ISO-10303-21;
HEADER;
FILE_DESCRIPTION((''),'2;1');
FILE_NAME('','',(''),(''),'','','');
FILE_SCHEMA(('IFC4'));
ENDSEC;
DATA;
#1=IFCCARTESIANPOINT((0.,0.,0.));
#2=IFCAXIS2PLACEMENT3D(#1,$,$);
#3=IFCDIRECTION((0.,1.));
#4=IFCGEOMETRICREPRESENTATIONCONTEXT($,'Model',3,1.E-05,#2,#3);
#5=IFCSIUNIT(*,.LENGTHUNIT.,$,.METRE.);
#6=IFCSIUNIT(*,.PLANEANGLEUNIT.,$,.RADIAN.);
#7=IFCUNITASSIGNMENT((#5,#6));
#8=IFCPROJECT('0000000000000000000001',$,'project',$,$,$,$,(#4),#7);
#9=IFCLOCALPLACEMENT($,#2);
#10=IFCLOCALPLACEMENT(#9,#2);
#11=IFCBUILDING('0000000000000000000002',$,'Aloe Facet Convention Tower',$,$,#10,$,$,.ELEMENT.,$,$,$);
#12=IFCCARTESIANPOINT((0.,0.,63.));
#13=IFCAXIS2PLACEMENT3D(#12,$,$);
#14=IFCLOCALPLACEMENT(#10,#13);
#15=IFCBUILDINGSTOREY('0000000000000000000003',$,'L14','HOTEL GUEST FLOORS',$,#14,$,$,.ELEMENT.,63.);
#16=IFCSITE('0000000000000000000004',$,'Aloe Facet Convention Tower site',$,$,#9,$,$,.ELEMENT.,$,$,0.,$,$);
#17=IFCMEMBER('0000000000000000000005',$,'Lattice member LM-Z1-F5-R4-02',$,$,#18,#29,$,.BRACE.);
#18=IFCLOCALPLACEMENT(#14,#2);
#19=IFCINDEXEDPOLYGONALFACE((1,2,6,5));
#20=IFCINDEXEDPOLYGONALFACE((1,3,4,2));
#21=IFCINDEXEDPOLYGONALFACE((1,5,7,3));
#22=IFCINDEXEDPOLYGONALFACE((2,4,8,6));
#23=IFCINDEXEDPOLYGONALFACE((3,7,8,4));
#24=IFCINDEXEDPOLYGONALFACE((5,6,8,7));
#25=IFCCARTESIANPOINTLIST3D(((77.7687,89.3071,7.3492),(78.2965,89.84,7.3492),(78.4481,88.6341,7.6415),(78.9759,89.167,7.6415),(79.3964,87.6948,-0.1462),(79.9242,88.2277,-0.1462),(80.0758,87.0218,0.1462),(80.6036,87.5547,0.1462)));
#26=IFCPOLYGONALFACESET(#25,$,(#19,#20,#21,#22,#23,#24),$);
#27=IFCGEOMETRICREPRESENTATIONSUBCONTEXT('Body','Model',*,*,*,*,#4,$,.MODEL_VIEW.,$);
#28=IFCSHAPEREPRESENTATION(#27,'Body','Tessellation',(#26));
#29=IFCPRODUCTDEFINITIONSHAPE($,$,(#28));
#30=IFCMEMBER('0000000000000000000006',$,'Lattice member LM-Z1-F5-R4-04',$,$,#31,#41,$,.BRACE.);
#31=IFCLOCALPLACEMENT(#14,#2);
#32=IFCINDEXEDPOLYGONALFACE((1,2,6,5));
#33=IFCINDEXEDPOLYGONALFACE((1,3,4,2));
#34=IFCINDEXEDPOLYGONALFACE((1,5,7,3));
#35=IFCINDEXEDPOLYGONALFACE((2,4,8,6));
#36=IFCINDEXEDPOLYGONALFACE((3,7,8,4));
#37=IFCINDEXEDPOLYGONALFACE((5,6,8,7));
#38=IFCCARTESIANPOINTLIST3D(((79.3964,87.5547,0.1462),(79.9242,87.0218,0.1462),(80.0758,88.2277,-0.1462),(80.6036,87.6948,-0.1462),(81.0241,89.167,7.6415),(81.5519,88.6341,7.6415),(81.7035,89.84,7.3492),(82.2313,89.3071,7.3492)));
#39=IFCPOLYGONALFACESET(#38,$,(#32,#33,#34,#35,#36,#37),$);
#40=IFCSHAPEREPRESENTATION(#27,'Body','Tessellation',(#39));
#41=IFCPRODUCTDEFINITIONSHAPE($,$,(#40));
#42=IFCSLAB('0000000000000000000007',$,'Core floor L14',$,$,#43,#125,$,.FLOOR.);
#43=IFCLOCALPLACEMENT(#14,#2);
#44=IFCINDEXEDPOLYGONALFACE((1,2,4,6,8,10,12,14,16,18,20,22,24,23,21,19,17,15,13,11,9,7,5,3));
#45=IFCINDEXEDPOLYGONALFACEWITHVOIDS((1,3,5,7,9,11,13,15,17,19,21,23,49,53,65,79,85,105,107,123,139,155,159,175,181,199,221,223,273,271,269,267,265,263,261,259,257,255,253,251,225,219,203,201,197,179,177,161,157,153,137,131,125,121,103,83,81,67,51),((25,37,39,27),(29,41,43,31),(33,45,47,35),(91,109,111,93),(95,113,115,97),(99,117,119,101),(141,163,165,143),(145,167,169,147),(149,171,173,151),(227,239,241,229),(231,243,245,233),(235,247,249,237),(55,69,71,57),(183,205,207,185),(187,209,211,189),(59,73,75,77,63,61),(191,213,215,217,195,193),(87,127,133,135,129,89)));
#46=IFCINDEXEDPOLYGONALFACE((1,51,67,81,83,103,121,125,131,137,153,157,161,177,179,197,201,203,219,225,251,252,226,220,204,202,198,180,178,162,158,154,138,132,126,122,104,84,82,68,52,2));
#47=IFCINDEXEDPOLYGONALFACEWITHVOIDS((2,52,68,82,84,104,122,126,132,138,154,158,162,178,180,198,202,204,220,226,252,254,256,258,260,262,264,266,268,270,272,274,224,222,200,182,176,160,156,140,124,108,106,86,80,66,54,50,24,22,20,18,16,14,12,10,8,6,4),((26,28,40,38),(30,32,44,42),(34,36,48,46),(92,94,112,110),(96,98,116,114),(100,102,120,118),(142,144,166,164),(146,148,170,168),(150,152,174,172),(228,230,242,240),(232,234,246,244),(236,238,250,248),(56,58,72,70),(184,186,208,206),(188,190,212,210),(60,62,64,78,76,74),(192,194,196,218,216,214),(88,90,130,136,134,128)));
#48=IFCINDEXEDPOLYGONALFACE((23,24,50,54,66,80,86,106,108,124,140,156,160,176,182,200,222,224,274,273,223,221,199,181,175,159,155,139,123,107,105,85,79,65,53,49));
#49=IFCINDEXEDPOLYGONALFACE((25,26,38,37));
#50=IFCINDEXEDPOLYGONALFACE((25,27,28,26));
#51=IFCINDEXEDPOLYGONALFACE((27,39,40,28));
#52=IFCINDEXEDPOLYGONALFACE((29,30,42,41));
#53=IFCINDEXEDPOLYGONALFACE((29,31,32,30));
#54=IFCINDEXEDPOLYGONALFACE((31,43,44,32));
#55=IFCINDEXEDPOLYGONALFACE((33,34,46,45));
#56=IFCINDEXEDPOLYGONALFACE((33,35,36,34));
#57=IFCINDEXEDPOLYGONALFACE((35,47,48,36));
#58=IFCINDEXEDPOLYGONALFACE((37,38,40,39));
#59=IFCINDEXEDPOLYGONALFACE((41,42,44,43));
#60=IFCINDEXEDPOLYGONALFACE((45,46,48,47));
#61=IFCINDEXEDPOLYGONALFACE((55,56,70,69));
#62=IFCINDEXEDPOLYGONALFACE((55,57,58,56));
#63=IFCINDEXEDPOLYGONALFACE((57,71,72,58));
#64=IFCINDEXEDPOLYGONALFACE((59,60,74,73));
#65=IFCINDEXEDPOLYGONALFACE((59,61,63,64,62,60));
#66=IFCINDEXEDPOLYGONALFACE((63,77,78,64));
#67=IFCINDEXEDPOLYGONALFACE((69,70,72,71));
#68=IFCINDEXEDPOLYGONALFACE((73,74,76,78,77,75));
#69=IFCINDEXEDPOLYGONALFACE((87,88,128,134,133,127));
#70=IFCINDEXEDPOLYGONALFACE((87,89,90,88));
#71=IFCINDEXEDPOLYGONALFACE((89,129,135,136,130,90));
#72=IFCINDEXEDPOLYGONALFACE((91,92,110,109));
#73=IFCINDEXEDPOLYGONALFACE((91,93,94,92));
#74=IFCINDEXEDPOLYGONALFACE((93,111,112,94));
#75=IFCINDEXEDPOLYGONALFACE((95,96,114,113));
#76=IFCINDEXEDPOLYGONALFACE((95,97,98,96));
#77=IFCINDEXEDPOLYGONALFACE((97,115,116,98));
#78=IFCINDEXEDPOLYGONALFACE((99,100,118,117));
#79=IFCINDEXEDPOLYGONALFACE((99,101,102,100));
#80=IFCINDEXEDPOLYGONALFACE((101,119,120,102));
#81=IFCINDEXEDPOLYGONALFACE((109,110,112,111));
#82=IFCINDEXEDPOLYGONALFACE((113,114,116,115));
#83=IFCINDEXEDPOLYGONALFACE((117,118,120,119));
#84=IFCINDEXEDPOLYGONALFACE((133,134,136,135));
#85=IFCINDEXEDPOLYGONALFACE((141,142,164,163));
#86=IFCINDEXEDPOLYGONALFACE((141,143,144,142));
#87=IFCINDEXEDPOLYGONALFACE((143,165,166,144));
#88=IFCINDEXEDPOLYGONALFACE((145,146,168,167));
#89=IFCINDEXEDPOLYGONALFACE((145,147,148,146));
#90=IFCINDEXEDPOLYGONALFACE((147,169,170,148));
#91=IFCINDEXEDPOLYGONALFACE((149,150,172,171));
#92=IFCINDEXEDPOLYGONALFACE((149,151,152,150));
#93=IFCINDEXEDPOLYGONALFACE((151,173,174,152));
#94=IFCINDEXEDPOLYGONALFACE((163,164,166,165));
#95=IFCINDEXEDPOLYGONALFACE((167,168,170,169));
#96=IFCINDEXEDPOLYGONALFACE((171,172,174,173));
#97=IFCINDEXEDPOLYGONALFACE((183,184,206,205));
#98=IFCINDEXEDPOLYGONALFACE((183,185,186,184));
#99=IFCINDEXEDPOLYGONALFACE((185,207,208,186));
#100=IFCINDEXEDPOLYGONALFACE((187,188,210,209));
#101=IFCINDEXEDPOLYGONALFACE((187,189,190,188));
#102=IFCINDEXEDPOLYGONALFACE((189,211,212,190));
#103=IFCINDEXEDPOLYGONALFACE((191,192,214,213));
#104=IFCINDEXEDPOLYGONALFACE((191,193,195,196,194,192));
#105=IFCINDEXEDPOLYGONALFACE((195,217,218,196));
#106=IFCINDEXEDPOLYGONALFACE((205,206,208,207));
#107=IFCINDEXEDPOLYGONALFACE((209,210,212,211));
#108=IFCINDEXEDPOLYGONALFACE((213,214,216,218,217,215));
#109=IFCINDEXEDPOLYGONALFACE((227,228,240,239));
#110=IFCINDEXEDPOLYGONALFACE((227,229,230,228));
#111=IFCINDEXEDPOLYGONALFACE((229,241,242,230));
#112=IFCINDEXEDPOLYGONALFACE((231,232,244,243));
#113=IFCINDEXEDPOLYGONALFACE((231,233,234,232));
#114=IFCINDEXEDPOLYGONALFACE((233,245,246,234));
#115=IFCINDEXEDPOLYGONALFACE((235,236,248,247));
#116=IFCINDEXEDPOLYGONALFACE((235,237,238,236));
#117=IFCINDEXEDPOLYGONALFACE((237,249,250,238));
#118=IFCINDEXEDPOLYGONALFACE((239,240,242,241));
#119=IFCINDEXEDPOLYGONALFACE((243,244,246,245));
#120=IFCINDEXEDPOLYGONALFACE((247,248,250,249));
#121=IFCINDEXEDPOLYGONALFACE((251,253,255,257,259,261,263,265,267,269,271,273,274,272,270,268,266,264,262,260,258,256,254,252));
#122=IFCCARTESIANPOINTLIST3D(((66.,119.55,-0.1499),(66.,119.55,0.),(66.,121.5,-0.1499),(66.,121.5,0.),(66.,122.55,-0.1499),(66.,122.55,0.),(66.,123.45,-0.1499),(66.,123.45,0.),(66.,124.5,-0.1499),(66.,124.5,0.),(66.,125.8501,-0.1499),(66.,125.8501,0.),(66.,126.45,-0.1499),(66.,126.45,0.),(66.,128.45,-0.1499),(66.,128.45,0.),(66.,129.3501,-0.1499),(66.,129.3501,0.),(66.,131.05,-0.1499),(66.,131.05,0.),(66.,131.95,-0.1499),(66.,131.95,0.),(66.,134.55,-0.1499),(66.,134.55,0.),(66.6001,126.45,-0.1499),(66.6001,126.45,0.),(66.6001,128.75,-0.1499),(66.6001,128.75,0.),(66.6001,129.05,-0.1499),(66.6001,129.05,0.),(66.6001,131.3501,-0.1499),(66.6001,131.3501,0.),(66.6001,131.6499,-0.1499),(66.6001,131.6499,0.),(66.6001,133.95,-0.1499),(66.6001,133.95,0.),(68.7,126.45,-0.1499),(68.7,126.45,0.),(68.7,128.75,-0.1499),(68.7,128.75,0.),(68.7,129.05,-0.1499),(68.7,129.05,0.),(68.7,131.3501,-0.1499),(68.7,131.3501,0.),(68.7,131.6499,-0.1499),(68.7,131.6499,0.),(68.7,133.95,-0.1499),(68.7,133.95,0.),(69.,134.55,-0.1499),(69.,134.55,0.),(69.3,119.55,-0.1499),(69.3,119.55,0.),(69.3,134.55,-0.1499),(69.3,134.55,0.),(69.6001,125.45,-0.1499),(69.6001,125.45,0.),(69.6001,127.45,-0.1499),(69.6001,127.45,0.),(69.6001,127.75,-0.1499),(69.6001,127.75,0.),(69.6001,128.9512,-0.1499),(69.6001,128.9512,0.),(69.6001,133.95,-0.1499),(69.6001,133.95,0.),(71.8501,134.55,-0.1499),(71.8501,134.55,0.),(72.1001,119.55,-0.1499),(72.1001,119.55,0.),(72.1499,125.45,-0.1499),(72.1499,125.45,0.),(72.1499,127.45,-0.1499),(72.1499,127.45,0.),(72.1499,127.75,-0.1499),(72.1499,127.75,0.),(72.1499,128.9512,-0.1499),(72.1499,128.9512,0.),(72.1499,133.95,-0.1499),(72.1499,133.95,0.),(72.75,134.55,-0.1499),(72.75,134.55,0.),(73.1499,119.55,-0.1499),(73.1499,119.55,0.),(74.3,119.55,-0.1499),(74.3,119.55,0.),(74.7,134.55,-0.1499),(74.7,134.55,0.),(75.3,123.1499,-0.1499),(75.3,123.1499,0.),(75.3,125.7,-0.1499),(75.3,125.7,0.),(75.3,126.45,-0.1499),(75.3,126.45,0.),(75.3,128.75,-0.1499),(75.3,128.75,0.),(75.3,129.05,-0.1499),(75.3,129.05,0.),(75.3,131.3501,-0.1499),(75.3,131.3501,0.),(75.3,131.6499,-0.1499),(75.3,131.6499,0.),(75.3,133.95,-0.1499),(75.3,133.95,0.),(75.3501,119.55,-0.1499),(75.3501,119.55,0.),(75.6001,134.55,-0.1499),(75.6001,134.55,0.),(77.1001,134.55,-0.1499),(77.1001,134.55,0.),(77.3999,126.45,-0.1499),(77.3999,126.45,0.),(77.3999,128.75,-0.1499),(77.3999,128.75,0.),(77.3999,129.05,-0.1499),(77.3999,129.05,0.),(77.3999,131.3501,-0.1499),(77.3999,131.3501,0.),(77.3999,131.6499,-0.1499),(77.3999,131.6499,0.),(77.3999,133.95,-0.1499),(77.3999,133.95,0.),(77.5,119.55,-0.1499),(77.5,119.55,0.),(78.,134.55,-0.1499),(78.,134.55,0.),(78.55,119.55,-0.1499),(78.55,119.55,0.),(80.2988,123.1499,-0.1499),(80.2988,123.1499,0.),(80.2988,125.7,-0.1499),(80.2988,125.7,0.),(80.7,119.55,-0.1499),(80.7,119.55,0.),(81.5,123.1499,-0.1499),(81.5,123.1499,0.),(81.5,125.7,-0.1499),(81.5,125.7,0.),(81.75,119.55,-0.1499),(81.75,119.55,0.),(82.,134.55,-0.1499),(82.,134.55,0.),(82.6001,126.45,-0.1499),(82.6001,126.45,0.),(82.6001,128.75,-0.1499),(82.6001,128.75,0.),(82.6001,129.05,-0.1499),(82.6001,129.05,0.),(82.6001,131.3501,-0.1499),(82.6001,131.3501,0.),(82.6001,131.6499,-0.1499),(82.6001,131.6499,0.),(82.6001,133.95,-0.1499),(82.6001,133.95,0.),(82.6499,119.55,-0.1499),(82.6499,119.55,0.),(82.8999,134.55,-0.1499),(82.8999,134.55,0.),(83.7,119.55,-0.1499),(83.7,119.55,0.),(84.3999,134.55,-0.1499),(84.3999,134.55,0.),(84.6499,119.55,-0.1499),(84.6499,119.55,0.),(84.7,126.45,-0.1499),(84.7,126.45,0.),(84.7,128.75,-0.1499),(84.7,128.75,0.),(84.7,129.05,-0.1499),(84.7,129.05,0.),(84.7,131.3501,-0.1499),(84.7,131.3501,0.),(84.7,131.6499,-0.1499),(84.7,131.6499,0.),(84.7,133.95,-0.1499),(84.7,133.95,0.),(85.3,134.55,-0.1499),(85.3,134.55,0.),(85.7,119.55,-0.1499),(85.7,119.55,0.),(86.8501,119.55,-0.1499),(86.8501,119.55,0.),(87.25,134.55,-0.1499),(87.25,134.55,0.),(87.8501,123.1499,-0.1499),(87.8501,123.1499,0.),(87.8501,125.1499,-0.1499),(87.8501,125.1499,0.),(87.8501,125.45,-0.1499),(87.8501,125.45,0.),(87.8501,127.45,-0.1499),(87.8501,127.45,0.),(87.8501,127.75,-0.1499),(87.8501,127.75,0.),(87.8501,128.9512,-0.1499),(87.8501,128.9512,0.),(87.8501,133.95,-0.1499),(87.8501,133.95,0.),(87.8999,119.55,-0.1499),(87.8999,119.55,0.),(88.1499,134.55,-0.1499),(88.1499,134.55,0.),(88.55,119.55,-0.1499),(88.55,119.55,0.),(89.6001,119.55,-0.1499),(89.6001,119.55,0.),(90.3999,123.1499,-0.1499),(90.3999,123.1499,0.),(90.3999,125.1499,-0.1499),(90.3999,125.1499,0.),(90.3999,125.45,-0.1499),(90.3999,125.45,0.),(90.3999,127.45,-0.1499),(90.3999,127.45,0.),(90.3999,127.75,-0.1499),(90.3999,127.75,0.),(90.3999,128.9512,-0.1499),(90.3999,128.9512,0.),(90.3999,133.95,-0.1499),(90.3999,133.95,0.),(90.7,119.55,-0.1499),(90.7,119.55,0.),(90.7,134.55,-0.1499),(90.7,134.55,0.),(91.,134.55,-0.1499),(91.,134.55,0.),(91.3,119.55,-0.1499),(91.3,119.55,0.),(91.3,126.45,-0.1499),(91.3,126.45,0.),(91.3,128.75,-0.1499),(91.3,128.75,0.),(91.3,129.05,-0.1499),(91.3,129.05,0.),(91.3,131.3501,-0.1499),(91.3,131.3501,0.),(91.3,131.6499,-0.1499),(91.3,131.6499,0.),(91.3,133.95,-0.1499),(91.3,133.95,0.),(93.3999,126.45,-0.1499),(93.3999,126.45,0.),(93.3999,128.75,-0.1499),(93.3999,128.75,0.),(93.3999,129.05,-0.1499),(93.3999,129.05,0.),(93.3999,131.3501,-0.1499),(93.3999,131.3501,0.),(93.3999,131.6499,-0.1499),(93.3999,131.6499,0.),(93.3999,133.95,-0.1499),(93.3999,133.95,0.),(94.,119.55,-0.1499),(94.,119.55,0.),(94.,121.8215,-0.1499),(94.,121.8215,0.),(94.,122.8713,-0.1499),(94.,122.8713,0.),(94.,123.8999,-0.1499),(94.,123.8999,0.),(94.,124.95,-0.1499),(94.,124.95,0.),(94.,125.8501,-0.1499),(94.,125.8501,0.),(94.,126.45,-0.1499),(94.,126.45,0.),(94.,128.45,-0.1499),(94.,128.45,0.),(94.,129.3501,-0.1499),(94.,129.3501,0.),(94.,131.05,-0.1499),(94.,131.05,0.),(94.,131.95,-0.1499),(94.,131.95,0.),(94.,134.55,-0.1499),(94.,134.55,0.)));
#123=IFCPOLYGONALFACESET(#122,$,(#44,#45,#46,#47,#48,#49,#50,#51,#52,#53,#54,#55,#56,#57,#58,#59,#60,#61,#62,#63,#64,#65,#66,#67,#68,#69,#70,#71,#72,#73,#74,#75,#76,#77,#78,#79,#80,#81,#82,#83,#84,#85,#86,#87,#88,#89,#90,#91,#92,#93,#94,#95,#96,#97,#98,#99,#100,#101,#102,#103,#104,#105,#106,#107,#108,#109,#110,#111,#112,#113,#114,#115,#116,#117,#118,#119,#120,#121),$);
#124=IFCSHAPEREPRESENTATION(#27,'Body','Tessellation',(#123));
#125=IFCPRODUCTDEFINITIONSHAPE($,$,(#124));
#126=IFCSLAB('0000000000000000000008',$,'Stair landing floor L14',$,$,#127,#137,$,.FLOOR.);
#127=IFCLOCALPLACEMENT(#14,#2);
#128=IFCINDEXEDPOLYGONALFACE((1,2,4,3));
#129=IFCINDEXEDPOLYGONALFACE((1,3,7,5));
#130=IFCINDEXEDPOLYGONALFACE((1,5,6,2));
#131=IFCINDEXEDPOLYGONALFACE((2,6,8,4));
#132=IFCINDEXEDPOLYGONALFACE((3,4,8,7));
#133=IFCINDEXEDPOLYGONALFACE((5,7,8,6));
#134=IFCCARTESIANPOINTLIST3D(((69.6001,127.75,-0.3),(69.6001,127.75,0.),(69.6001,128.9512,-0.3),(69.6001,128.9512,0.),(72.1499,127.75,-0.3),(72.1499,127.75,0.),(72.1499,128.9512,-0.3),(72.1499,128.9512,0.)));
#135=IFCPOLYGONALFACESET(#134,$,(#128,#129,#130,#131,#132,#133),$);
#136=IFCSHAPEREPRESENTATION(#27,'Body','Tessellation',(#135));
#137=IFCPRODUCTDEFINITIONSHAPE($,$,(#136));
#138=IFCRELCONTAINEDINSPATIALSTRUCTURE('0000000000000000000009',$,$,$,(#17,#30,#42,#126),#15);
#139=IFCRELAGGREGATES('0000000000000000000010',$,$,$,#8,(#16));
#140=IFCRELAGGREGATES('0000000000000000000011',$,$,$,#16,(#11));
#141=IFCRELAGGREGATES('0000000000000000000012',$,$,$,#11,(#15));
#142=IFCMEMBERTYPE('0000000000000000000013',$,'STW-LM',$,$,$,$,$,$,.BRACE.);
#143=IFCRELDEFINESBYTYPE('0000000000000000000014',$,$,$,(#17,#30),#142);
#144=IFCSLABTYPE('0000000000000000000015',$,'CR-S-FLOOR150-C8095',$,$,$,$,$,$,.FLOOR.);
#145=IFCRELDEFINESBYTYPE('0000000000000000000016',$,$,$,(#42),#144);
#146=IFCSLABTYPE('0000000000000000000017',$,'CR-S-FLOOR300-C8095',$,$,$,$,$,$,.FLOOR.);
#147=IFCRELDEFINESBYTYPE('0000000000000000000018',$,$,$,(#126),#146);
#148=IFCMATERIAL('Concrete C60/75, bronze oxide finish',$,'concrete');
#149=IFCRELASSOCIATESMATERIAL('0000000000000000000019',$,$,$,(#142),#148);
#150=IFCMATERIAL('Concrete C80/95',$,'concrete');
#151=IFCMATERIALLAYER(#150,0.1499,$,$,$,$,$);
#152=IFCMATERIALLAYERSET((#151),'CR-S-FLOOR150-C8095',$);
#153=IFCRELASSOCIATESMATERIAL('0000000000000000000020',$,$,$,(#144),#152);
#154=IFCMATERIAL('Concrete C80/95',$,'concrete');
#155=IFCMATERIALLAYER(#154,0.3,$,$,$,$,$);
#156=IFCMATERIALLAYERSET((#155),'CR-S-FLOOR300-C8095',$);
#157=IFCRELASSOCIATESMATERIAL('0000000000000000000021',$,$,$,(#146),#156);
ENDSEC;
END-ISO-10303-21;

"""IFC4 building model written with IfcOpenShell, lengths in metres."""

from ifc_helpers import new_model, si_unit, direction, frame, origin, origin_2d, place, context, subcontext, project, spatial, polyline, rectangle, outline, extrude, material, layer, layer_set, material_profile, profile_set, type_object, element, save


model = new_model("IFC4")

# Units and contexts
model_context = context("Model", 3, precision=1e-05, world=origin(), true_north=direction((0.0, 1.0)))
body_context = subcontext(model_context, "Body", "Model", "MODEL_VIEW")
ifc_project = project(units=[si_unit("LENGTHUNIT", "METRE"), si_unit("PLANEANGLEUNIT", "RADIAN")], contexts=[model_context])

# Site, building, storey
site_placement = place(None, origin())
site = spatial("IfcSite", under=ifc_project, at=site_placement, Name="Aloe Facet Convention Tower site", CompositionType="ELEMENT", RefElevation=0.0)
building_placement = place(site_placement, origin())
building = spatial("IfcBuilding", under=site, at=building_placement, Name="Aloe Facet Convention Tower", CompositionType="ELEMENT")
storey_placement = place(building_placement, frame((0.0, 0.0, 63.0)))
storey = spatial("IfcBuildingStorey", under=building, at=storey_placement, Name="L14", Description="HOTEL GUEST FLOORS", CompositionType="ELEMENT", Elevation=63.0)

# Members
ifc_material_1 = material(Name="Concrete C60/75, bronze oxide finish", Category="concrete")
ifc_material_profile = material_profile(ifc_material_1, rectangle(XDim=0.75, YDim=1.0, at=origin_2d()), Name="STW-LM")
ifc_profile_set = profile_set([ifc_material_profile], Name="Concrete C60/75, bronze oxide finish")
member_type = type_object("IfcMemberType", Name="STW-LM", PredefinedType="BRACE", material=ifc_profile_set)
for number, where, z_axis, x_axis, name in (
    (1, (80.0, 87.6248, 0.0), (-0.207674, 0.205712, 0.956323), (-0.703742, -0.710456, 0.0), "Lattice member LM-Z1-F5-R4-02"),
    (2, (80.0, 87.6248, 0.0), (0.207674, 0.205712, 0.956323), (-0.703742, 0.710456, 0.0), "Lattice member LM-Z1-F5-R4-04"),
):
    element("IfcMember", number, at=place(storey_placement, frame(where, z_axis=z_axis, x_axis=x_axis)), inside=storey, type_object=member_type, Name=name, PredefinedType="BRACE", context=body_context, shape_type="SweptSolid", body=[
        extrude(rectangle(XDim=0.75, YDim=1.0, at=origin_2d()), origin(), (0.0, 0.0, 1.0), 7.8376),
    ])

# Slabs
ifc_material_2 = material(Name="Concrete C80/95", Category="concrete")
ifc_layer_1 = layer(ifc_material_2, 0.1499)
ifc_layer_set_1 = layer_set([ifc_layer_1], Name="CR-S-FLOOR150-C8095")
slab_type_1 = type_object("IfcSlabType", Name="CR-S-FLOOR150-C8095", PredefinedType="FLOOR", material=ifc_layer_set_1)
slab_1_placement = place(storey_placement, frame((0.0, 0.0, -0.1499)))
element("IfcSlab", 3, at=slab_1_placement, inside=storey, type_object=slab_type_1, Name="Core floor L14", PredefinedType="FLOOR", context=body_context, shape_type="SweptSolid", body=[
    extrude(outline(polyline([(69.3, 134.55), (71.8501, 134.55), (72.75, 134.55), (74.7, 134.55), (75.6001, 134.55), (77.1001, 134.55), (78.0, 134.55), (82.0, 134.55), (82.8999, 134.55), (84.3999, 134.55), (85.3, 134.55), (87.25, 134.55), (88.1499, 134.55), (90.7, 134.55), (91.0, 134.55), (94.0, 134.55), (94.0, 131.95), (94.0, 131.05), (94.0, 129.3501), (94.0, 128.45), (94.0, 126.45), (94.0, 125.8501), (94.0, 124.95), (94.0, 123.8999), (94.0, 122.8713), (94.0, 121.8215), (94.0, 119.55), (91.3, 119.55), (90.7, 119.55), (89.6001, 119.55), (88.55, 119.55), (87.8999, 119.55), (86.8501, 119.55), (85.7, 119.55), (84.6499, 119.55), (83.7, 119.55), (82.6499, 119.55), (81.75, 119.55), (80.7, 119.55), (78.55, 119.55), (77.5, 119.55), (75.3501, 119.55), (74.3, 119.55), (73.1499, 119.55), (72.1001, 119.55), (69.3, 119.55), (66.0, 119.55), (66.0, 121.5), (66.0, 122.55), (66.0, 123.45), (66.0, 124.5), (66.0, 125.8501), (66.0, 126.45), (66.0, 128.45), (66.0, 129.3501), (66.0, 131.05), (66.0, 131.95), (66.0, 134.55), (69.0, 134.55), (69.3, 134.55)]), holes=[polyline([(75.3, 123.1499), (80.2988, 123.1499), (81.5, 123.1499), (81.5, 125.7), (80.2988, 125.7), (75.3, 125.7), (75.3, 123.1499)]), polyline([(69.6001, 125.45), (72.1499, 125.45), (72.1499, 127.45), (69.6001, 127.45), (69.6001, 125.45)]), polyline([(66.6001, 126.45), (68.7, 126.45), (68.7, 128.75), (66.6001, 128.75), (66.6001, 126.45)]), polyline([(75.3, 126.45), (77.3999, 126.45), (77.3999, 128.75), (75.3, 128.75), (75.3, 126.45)]), polyline([(66.6001, 129.05), (68.7, 129.05), (68.7, 131.3501), (66.6001, 131.3501), (66.6001, 129.05)]), polyline([(75.3, 129.05), (77.3999, 129.05), (77.3999, 131.3501), (75.3, 131.3501), (75.3, 129.05)]), polyline([(69.6001, 133.95), (69.6001, 128.9512), (69.6001, 127.75), (72.1499, 127.75), (72.1499, 128.9512), (72.1499, 133.95), (69.6001, 133.95)]), polyline([(66.6001, 133.95), (66.6001, 131.6499), (68.7, 131.6499), (68.7, 133.95), (66.6001, 133.95)]), polyline([(75.3, 133.95), (75.3, 131.6499), (77.3999, 131.6499), (77.3999, 133.95), (75.3, 133.95)]), polyline([(87.8501, 123.1499), (90.3999, 123.1499), (90.3999, 125.1499), (87.8501, 125.1499), (87.8501, 123.1499)]), polyline([(87.8501, 125.45), (90.3999, 125.45), (90.3999, 127.45), (87.8501, 127.45), (87.8501, 125.45)]), polyline([(82.6001, 126.45), (84.7, 126.45), (84.7, 128.75), (82.6001, 128.75), (82.6001, 126.45)]), polyline([(91.3, 126.45), (93.3999, 126.45), (93.3999, 128.75), (91.3, 128.75), (91.3, 126.45)]), polyline([(82.6001, 129.05), (84.7, 129.05), (84.7, 131.3501), (82.6001, 131.3501), (82.6001, 129.05)]), polyline([(91.3, 129.05), (93.3999, 129.05), (93.3999, 131.3501), (91.3, 131.3501), (91.3, 129.05)]), polyline([(87.8501, 133.95), (87.8501, 128.9512), (87.8501, 127.75), (90.3999, 127.75), (90.3999, 128.9512), (90.3999, 133.95), (87.8501, 133.95)]), polyline([(82.6001, 133.95), (82.6001, 131.6499), (84.7, 131.6499), (84.7, 133.95), (82.6001, 133.95)]), polyline([(91.3, 133.95), (91.3, 131.6499), (93.3999, 131.6499), (93.3999, 133.95), (91.3, 133.95)])]), origin(), (0.0, 0.0, 1.0), 0.1499),
])
ifc_material_3 = material(Name="Concrete C80/95", Category="concrete")
ifc_layer_2 = layer(ifc_material_3, 0.3)
ifc_layer_set_2 = layer_set([ifc_layer_2], Name="CR-S-FLOOR300-C8095")
slab_type_2 = type_object("IfcSlabType", Name="CR-S-FLOOR300-C8095", PredefinedType="FLOOR", material=ifc_layer_set_2)
slab_2_placement = place(storey_placement, frame((0.0, 0.0, -0.3)))
element("IfcSlab", 4, at=slab_2_placement, inside=storey, type_object=slab_type_2, Name="Stair landing floor L14", PredefinedType="FLOOR", context=body_context, shape_type="SweptSolid", body=[
    extrude(outline(polyline([(72.1499, 127.75), (72.1499, 128.9512), (69.6001, 128.9512), (69.6001, 127.75), (72.1499, 127.75)])), origin(), (0.0, 0.0, 1.0), 0.3),
])

save(model, "model.ifc")
